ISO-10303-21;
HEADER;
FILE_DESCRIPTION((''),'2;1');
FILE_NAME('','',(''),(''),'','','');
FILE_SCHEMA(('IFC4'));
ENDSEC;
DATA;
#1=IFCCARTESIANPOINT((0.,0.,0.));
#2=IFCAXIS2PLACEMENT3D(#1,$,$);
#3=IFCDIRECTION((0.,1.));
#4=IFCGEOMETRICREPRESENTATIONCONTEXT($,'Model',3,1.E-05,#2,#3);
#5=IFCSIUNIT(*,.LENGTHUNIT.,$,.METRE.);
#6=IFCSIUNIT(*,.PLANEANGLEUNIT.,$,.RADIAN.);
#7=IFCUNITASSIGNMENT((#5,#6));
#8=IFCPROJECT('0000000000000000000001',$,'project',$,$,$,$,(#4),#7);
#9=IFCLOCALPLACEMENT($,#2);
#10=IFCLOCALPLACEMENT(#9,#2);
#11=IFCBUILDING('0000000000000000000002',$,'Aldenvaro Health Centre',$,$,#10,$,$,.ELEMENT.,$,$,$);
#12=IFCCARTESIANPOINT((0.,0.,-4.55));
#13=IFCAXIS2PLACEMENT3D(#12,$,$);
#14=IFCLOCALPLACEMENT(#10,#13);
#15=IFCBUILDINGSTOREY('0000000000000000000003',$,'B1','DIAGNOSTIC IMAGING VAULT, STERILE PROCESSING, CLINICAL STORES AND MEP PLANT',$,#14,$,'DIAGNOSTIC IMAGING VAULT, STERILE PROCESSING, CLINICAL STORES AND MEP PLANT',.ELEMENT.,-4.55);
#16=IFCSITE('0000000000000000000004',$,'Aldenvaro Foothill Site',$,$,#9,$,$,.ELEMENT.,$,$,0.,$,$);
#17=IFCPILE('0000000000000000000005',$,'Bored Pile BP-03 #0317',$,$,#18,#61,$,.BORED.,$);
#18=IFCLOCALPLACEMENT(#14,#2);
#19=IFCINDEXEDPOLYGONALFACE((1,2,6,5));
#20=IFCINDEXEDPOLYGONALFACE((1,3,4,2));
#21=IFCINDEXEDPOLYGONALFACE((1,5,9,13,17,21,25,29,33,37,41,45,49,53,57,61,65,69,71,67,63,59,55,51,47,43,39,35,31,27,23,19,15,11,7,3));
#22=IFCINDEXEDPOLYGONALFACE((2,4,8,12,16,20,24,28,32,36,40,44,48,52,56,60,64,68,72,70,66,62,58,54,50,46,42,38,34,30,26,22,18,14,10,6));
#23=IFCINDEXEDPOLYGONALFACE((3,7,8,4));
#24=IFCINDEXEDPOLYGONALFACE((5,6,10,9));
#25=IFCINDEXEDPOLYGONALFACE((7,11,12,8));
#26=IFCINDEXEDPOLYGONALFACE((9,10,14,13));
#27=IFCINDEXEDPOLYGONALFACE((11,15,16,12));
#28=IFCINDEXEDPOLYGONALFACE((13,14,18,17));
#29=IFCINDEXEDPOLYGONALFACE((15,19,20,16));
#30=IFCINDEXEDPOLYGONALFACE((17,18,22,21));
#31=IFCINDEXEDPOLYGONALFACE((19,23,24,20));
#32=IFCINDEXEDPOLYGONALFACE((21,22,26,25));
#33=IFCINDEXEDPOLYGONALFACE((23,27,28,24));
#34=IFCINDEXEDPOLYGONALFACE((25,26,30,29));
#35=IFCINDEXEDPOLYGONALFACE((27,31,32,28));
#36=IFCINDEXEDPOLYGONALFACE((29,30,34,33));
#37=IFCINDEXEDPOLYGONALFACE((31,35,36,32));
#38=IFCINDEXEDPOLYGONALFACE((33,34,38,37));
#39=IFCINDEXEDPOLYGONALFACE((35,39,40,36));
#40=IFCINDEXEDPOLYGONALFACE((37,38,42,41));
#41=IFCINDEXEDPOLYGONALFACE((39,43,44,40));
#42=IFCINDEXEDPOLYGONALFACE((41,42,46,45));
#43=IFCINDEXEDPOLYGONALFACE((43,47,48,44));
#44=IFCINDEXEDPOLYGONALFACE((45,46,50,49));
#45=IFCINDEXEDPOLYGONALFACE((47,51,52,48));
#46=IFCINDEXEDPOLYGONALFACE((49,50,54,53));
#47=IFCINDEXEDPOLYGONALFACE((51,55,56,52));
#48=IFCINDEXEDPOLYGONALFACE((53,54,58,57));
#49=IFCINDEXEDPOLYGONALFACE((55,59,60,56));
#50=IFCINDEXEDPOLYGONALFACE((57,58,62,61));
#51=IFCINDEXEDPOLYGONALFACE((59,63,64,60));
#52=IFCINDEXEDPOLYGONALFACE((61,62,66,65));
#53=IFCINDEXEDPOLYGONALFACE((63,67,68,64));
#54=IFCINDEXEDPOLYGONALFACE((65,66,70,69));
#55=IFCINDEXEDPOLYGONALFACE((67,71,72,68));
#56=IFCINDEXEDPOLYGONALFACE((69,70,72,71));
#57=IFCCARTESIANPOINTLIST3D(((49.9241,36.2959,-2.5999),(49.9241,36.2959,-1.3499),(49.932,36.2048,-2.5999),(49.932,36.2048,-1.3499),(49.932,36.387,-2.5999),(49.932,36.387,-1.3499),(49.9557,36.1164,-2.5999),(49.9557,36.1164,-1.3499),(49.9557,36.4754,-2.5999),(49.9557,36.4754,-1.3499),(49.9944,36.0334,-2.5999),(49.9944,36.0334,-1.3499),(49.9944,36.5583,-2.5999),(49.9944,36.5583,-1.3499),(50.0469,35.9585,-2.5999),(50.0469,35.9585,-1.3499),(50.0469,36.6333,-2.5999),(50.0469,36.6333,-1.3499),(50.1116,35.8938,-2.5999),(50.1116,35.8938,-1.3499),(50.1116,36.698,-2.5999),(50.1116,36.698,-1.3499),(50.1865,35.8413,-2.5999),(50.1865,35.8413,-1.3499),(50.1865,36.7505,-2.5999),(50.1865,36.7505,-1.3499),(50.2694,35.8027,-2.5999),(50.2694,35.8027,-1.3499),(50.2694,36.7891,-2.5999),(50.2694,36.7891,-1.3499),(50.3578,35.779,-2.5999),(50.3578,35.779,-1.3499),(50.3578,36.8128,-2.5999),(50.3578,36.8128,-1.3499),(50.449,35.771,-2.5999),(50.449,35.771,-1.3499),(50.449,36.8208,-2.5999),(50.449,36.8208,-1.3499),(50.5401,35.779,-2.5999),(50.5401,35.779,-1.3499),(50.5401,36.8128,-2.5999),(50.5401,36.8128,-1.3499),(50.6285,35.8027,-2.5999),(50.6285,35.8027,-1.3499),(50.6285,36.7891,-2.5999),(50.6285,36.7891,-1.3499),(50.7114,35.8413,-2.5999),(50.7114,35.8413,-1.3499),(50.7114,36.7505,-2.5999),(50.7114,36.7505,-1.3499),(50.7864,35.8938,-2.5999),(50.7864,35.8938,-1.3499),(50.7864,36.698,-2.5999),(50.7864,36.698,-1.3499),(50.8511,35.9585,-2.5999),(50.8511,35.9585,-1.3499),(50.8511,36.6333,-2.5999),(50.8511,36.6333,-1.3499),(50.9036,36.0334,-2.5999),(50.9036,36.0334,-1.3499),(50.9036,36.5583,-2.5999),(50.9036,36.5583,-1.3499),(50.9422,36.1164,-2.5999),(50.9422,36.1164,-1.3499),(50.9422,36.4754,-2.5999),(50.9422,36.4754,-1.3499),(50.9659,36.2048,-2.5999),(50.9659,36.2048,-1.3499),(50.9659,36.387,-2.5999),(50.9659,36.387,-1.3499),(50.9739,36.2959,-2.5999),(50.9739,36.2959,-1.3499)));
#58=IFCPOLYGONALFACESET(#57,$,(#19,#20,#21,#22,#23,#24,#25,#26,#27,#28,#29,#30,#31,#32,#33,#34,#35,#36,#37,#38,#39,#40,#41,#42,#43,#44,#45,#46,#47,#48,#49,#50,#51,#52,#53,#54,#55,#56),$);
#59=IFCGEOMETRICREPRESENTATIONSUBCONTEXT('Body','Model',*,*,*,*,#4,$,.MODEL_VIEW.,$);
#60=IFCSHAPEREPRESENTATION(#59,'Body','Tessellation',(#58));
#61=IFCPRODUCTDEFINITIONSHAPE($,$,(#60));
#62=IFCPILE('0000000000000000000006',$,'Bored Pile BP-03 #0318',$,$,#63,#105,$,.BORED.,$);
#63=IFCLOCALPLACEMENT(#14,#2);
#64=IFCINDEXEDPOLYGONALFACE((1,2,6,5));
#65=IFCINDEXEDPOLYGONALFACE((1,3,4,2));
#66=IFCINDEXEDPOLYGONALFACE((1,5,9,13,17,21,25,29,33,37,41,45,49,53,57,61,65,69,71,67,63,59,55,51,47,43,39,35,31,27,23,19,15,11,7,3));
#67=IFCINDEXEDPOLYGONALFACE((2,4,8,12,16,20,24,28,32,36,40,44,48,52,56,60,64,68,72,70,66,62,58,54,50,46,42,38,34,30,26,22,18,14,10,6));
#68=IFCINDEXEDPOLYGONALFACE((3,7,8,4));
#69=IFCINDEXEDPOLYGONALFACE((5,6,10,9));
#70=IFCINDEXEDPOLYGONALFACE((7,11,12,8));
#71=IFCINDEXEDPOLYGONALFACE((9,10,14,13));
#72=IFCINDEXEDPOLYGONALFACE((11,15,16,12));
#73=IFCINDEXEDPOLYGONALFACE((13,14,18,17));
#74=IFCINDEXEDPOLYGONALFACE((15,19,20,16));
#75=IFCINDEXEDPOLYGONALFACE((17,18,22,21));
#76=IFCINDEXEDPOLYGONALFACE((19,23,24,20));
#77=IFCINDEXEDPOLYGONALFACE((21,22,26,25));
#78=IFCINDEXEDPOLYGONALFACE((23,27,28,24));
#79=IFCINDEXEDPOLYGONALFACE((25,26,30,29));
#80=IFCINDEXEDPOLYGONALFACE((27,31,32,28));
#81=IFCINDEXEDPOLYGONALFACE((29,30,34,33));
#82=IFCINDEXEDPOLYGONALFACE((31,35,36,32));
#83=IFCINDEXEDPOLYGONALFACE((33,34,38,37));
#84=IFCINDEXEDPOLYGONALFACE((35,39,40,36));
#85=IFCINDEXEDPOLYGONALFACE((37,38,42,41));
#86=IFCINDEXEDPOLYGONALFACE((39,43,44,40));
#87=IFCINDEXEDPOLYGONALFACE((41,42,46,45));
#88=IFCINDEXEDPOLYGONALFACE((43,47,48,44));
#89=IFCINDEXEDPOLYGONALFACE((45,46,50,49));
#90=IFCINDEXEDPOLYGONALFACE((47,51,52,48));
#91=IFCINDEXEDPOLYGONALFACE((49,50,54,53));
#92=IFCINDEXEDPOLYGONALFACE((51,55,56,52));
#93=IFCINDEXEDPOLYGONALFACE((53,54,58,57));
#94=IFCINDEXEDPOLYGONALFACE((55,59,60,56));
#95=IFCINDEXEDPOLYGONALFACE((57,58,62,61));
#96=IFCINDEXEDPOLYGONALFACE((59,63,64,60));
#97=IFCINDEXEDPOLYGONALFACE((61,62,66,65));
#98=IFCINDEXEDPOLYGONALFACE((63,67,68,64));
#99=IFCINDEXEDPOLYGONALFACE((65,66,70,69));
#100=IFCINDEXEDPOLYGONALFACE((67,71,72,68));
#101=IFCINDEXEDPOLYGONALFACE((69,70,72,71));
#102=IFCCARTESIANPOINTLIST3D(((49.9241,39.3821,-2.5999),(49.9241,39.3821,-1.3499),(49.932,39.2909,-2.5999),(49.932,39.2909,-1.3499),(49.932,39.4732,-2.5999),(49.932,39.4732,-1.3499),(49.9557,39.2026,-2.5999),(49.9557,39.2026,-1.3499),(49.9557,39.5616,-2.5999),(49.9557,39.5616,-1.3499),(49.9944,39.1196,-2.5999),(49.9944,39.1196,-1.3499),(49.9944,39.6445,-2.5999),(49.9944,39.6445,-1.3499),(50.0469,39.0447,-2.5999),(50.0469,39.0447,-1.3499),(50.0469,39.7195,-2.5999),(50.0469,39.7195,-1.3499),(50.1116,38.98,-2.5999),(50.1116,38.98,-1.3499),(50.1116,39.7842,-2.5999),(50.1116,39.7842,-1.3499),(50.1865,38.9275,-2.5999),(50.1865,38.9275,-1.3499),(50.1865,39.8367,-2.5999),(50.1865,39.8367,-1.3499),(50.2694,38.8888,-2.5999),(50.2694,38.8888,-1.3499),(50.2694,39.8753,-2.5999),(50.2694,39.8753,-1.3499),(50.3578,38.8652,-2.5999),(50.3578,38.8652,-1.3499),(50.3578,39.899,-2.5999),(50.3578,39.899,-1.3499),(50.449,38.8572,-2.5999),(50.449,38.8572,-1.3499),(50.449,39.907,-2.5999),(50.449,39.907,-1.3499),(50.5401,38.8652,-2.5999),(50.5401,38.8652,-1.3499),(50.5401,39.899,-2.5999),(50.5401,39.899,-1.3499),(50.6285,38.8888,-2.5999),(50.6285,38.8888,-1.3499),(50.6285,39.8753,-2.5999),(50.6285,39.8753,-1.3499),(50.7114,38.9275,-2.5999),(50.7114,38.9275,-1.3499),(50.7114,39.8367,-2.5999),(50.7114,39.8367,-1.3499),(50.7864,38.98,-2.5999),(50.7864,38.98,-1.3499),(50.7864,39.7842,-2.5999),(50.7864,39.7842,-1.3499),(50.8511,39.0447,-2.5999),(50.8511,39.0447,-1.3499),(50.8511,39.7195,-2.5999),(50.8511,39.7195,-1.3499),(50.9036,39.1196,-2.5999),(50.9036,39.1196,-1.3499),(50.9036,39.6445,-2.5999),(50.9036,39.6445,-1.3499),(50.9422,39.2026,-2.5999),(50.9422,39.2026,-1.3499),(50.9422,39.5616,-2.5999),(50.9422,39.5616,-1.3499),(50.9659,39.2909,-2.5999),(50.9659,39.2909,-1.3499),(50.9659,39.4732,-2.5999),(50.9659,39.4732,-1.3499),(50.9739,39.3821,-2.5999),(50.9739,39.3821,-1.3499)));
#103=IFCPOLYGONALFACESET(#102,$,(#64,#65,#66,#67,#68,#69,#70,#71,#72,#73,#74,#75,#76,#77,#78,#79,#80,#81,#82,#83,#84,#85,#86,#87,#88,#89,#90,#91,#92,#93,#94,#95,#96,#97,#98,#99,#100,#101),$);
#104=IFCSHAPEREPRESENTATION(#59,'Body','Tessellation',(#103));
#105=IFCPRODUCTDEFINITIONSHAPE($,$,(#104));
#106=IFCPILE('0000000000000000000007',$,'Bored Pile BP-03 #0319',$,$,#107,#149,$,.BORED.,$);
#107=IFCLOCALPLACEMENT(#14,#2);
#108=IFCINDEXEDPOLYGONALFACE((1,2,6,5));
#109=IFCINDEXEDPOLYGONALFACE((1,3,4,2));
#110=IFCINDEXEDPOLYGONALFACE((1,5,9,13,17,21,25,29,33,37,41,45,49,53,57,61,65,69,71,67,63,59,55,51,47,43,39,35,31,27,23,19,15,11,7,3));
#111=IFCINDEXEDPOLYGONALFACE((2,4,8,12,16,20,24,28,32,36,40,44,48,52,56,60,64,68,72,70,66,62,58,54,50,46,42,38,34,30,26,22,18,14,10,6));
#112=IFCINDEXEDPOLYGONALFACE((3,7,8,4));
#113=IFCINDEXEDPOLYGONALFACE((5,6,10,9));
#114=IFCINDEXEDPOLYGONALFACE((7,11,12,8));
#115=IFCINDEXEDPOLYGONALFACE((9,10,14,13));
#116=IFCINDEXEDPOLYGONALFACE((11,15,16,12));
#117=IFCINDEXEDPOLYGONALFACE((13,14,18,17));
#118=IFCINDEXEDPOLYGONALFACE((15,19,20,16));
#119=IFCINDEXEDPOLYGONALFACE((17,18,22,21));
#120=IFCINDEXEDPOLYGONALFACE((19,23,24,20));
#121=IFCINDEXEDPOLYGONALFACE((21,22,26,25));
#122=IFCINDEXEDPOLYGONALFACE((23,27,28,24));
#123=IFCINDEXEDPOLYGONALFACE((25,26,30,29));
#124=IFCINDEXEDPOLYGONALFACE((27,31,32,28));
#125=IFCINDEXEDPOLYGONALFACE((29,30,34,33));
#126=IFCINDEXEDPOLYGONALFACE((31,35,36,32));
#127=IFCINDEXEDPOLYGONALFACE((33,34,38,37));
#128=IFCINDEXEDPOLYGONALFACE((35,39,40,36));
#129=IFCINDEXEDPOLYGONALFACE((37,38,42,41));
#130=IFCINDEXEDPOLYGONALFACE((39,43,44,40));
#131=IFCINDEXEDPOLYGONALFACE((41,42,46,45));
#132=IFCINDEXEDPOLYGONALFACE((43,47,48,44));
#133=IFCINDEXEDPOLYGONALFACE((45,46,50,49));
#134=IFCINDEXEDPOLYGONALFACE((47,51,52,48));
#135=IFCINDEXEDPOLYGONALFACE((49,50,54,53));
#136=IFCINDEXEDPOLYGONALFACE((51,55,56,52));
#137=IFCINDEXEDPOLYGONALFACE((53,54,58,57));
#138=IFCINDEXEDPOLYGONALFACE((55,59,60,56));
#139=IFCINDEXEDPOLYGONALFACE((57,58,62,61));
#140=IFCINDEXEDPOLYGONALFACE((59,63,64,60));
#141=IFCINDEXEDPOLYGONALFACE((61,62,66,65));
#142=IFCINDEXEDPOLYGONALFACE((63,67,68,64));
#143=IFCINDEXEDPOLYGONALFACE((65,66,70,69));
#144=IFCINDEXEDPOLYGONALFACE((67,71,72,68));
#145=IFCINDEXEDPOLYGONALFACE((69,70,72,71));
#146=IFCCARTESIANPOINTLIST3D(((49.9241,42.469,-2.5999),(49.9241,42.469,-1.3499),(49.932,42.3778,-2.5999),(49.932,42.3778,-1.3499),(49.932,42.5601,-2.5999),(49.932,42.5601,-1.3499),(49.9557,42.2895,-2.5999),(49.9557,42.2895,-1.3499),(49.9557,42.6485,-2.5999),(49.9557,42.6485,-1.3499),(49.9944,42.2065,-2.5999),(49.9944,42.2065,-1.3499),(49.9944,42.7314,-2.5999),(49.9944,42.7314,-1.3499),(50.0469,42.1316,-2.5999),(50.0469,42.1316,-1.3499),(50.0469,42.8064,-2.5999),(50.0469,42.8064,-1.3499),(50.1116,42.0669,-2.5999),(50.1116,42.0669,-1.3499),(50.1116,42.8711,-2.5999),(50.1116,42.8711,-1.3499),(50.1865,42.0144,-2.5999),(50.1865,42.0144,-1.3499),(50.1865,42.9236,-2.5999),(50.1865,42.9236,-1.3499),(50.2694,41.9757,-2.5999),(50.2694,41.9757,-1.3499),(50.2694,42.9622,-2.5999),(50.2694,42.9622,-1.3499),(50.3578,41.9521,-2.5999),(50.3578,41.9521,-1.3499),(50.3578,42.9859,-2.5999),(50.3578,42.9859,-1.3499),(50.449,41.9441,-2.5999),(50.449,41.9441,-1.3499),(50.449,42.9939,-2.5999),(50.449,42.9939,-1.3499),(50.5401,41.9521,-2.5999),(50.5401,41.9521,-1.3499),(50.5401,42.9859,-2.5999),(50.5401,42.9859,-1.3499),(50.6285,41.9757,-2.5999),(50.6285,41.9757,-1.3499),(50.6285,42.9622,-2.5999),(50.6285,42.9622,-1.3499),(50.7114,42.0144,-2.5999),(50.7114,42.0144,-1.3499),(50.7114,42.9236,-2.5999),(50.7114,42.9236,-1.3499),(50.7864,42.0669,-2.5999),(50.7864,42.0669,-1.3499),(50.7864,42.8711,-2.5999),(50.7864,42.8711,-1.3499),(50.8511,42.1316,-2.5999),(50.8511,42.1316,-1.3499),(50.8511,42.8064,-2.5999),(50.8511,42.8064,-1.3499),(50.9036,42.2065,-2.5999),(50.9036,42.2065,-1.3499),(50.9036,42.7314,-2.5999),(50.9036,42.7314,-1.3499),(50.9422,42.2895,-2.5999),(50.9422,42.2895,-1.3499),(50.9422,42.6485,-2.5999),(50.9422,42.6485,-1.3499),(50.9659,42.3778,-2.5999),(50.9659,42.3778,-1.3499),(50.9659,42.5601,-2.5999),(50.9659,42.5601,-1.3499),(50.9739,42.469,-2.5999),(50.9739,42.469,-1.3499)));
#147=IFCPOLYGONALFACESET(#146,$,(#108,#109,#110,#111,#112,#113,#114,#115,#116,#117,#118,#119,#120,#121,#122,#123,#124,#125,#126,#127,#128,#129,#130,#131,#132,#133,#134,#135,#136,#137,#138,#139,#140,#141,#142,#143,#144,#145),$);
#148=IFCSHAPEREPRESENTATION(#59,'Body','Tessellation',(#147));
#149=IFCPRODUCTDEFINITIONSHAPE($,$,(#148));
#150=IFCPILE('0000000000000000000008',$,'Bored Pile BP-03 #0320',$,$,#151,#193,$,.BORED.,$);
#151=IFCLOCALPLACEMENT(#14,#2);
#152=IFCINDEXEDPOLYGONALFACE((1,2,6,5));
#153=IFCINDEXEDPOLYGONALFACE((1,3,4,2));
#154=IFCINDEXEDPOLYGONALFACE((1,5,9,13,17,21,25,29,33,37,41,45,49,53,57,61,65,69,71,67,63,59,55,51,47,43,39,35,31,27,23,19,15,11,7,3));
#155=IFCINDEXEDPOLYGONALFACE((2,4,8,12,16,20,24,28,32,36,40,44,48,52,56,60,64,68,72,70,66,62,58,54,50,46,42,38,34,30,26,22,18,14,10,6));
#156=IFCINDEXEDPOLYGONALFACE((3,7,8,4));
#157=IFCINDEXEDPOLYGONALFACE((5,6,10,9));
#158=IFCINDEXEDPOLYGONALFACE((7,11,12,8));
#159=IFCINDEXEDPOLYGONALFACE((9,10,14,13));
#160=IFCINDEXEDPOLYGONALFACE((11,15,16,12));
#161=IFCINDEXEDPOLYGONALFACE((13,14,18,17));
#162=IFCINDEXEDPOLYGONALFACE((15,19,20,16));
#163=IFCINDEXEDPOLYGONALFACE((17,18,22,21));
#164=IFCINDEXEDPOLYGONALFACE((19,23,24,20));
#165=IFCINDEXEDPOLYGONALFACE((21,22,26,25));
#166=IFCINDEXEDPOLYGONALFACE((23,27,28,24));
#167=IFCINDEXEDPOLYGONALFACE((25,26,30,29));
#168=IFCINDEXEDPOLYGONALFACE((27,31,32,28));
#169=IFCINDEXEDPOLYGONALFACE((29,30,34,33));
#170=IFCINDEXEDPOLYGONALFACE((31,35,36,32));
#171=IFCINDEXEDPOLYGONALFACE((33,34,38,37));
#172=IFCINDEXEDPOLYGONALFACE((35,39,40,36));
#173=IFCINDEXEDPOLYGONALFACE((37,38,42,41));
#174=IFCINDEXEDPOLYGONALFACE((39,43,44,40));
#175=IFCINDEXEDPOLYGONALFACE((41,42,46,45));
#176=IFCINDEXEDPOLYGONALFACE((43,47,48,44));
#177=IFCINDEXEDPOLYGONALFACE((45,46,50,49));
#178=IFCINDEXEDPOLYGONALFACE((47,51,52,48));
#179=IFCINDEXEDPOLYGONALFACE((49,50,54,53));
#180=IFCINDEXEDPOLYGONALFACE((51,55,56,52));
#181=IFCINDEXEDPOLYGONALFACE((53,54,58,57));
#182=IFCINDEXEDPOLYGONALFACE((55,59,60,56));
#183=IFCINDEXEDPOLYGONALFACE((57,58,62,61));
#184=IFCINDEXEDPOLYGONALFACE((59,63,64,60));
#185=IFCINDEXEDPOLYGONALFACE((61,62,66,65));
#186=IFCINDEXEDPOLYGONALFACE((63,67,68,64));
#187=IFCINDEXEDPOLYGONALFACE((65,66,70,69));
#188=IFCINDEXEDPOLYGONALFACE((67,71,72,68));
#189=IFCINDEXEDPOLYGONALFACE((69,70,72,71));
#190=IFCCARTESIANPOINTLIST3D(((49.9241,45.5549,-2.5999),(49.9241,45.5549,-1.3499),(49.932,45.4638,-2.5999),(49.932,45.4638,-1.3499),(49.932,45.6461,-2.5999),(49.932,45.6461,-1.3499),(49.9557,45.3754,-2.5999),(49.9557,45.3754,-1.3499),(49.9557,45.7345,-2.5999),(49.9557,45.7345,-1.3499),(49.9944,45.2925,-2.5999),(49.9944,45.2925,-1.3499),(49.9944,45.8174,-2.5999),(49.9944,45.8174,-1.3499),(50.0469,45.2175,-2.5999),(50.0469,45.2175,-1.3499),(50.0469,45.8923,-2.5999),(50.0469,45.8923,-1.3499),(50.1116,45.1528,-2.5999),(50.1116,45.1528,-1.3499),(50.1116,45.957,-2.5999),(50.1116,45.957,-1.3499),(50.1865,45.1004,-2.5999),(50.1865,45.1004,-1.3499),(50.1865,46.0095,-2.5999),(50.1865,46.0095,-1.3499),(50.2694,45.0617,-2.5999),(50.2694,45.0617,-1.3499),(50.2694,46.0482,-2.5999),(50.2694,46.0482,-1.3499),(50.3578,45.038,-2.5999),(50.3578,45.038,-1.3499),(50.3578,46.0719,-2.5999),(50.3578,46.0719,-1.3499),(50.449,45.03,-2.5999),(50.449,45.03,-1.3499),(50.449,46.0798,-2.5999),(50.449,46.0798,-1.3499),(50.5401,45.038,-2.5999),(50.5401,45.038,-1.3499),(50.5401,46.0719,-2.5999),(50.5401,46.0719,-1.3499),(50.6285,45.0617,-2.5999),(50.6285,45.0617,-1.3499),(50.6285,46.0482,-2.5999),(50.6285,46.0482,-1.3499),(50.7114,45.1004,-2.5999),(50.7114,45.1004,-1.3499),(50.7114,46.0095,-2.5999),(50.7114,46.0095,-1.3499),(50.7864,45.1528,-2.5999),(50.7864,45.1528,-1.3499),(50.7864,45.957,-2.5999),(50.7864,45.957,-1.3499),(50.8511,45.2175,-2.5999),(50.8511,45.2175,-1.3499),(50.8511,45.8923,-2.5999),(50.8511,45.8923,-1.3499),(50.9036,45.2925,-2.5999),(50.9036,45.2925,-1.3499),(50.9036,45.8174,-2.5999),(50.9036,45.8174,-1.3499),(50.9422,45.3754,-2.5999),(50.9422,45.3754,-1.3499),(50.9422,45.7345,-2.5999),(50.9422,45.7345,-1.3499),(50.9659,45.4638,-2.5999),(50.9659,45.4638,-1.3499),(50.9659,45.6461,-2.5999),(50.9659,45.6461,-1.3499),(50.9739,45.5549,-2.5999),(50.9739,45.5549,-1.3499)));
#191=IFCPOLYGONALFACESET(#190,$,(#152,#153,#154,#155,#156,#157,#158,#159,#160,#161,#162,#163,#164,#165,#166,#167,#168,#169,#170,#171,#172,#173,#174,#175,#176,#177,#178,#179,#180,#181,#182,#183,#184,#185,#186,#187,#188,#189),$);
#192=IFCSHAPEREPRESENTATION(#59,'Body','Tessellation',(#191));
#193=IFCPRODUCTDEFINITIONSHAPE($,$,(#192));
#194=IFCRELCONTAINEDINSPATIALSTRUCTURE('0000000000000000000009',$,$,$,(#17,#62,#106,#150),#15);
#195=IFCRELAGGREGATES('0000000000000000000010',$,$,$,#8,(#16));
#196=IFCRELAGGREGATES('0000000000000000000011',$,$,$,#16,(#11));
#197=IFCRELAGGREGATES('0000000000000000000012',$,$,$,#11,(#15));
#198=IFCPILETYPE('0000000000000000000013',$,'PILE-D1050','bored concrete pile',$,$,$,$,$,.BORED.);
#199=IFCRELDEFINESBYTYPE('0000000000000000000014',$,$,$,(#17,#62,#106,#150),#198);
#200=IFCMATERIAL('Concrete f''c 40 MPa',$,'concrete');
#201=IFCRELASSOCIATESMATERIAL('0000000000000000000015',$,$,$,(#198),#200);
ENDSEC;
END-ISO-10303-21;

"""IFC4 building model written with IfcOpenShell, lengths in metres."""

from ifc_helpers import new_model, si_unit, direction, frame, origin, origin_2d, place, context, subcontext, project, spatial, circle, extrude, material, material_profile, profile_set, type_object, element, save


model = new_model("IFC4")

# Units and contexts
model_context = context("Model", 3, precision=1e-05, world=origin(), true_north=direction((0.0, 1.0)))
body_context = subcontext(model_context, "Body", "Model", "MODEL_VIEW")
ifc_project = project(units=[si_unit("LENGTHUNIT", "METRE"), si_unit("PLANEANGLEUNIT", "RADIAN")], contexts=[model_context])

# Site, building, storey
site_placement = place(None, origin())
site = spatial("IfcSite", under=ifc_project, at=site_placement, Name="Aldenvaro Foothill Site", CompositionType="ELEMENT", RefElevation=0.0)
building_placement = place(site_placement, origin())
building = spatial("IfcBuilding", under=site, at=building_placement, Name="Aldenvaro Health Centre", CompositionType="ELEMENT")
storey_placement = place(building_placement, frame((0.0, 0.0, -4.55)))
storey = spatial("IfcBuildingStorey", under=building, at=storey_placement, Name="B1", Description="DIAGNOSTIC IMAGING VAULT, STERILE PROCESSING, CLINICAL STORES AND MEP PLANT", LongName="DIAGNOSTIC IMAGING VAULT, STERILE PROCESSING, CLINICAL STORES AND MEP PLANT", CompositionType="ELEMENT", Elevation=-4.55)

# Piles
ifc_material = material(Name="Concrete f'c 40 MPa", Category="concrete")
ifc_material_profile = material_profile(ifc_material, circle(Radius=0.5249, at=origin_2d()), Name="PILE D1050", Category="concrete")
ifc_profile_set = profile_set([ifc_material_profile], Name="Concrete f'c 40 MPa")
pile_type = type_object("IfcPileType", Name="PILE-D1050", Description="bored concrete pile", PredefinedType="BORED", material=ifc_profile_set)
for number, where, z_axis, x_axis, name in (
    (1, (50.449, 36.2959, -1.3499), (0.0, 0.0, -1.0), (1.0, 0.0, 0.0), "Bored Pile BP-03 #0317"),
    (2, (50.449, 39.3821, -1.3499), (0.0, 0.0, -1.0), (1.0, 0.0, 0.0), "Bored Pile BP-03 #0318"),
    (3, (50.449, 42.469, -1.3499), (0.0, 0.0, -1.0), (1.0, 0.0, 0.0), "Bored Pile BP-03 #0319"),
    (4, (50.449, 45.5549, -1.3499), (0.0, 0.0, -1.0), (1.0, 0.0, 0.0), "Bored Pile BP-03 #0320"),
):
    element("IfcPile", number, at=place(storey_placement, frame(where, z_axis=z_axis, x_axis=x_axis)), inside=storey, type_object=pile_type, Name=name, PredefinedType="BORED", context=body_context, shape_type="SweptSolid", body=[
        extrude(circle(Radius=0.5249, at=origin_2d()), origin(), (0.0, 0.0, 1.0), 1.25),
    ])

save(model, "model.ifc")
